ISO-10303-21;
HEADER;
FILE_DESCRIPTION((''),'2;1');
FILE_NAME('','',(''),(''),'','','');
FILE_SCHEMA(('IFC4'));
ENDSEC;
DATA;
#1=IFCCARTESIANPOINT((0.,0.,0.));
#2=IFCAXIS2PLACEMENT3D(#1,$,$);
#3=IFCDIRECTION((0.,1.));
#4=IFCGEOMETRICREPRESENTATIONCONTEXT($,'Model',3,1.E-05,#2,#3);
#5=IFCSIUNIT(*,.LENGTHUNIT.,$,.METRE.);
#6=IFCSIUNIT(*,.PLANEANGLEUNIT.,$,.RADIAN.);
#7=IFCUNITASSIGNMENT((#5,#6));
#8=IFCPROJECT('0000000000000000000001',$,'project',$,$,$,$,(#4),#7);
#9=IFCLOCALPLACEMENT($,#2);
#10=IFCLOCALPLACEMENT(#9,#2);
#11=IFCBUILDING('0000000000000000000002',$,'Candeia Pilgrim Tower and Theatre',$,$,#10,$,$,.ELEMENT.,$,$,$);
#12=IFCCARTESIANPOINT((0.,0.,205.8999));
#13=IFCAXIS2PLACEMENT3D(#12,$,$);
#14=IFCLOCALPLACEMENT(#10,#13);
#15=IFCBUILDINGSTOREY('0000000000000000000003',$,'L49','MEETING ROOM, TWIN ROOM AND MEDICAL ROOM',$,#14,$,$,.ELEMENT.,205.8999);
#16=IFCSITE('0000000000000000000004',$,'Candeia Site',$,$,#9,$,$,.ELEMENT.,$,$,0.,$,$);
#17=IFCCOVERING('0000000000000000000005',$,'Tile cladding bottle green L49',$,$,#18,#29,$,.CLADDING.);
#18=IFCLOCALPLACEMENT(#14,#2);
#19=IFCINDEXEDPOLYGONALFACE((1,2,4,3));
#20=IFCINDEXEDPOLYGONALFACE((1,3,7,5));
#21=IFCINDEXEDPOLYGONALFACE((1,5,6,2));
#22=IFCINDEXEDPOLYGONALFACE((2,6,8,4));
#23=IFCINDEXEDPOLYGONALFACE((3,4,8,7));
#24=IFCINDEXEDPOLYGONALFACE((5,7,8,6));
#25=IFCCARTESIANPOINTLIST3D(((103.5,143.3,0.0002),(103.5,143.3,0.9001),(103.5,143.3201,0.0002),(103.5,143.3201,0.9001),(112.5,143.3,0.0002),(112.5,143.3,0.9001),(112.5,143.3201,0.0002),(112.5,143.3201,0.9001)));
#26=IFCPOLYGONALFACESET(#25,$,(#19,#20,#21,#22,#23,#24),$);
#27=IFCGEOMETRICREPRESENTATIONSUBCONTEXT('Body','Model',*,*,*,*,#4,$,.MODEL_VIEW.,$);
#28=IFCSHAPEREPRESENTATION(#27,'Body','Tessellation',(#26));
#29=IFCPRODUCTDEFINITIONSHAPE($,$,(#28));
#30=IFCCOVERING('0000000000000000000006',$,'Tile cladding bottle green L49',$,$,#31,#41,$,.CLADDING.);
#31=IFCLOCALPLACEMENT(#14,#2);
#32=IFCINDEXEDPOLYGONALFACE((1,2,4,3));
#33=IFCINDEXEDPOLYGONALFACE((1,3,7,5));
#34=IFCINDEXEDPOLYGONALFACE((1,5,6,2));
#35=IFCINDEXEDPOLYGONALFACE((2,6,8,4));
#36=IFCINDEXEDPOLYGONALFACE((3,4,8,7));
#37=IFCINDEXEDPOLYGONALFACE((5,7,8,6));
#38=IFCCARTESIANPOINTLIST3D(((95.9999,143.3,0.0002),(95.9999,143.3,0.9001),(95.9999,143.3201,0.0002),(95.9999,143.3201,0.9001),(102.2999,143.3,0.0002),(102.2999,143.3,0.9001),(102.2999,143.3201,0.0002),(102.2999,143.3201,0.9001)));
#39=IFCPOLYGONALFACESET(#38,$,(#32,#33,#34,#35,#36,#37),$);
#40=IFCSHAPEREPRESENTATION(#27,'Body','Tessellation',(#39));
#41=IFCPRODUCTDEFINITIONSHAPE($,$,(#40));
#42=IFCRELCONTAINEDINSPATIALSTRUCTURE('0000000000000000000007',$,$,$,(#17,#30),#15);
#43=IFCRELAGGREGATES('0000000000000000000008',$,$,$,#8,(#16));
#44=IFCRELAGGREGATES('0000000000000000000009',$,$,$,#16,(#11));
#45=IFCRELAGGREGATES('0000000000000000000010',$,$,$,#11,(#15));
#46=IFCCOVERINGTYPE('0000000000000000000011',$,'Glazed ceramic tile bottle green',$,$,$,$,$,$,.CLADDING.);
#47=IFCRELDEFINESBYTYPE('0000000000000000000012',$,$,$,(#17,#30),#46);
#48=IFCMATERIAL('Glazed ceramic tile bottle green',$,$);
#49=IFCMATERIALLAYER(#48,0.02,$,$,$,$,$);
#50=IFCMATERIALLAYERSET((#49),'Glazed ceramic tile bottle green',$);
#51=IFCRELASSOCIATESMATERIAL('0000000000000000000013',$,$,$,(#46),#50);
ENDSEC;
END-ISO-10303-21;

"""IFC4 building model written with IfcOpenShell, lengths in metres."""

from ifc_helpers import new_model, si_unit, direction, frame, origin, origin_2d, place, context, subcontext, project, spatial, rectangle, extrude, material, layer, layer_set, type_object, element, save


model = new_model("IFC4")

# Units and contexts
model_context = context("Model", 3, precision=1e-05, world=origin(), true_north=direction((0.0, 1.0)))
body_context = subcontext(model_context, "Body", "Model", "MODEL_VIEW")
ifc_project = project(units=[si_unit("LENGTHUNIT", "METRE"), si_unit("PLANEANGLEUNIT", "RADIAN")], contexts=[model_context])

# Site, building, storey
site_placement = place(None, origin())
site = spatial("IfcSite", under=ifc_project, at=site_placement, Name="Candeia Site", CompositionType="ELEMENT", RefElevation=0.0)
building_placement = place(site_placement, origin())
building = spatial("IfcBuilding", under=site, at=building_placement, Name="Candeia Pilgrim Tower and Theatre", CompositionType="ELEMENT")
storey_placement = place(building_placement, frame((0.0, 0.0, 205.8999)))
storey = spatial("IfcBuildingStorey", under=building, at=storey_placement, Name="L49", Description="MEETING ROOM, TWIN ROOM AND MEDICAL ROOM", CompositionType="ELEMENT", Elevation=205.8999)

# Coverings
ifc_material_1 = material(Name="Glazed ceramic tile bottle green")
ifc_layer_1 = layer(ifc_material_1, 0.02)
ifc_layer_set_1 = layer_set([ifc_layer_1], Name="Glazed ceramic tile bottle green")
covering_type = type_object("IfcCoveringType", Name="Glazed ceramic tile bottle green", PredefinedType="CLADDING", material=ifc_layer_set_1)
covering_1_placement = place(storey_placement, frame((108.0, 143.3101, 0.0002), z_axis=(0.0, 0.0, 1.0), x_axis=(-1.0, 0.0, 0.0)))
element("IfcCovering", 1, at=covering_1_placement, inside=storey, type_object=covering_type, Name="Tile cladding bottle green L49", PredefinedType="CLADDING", context=body_context, shape_type="SweptSolid", body=[
    extrude(rectangle(XDim=9.0, YDim=0.02, at=origin_2d()), origin(), (0.0, 0.0, 1.0), 0.8999),
])
covering_2_placement = place(storey_placement, frame((99.1499, 143.3101, 0.0002), z_axis=(0.0, 0.0, 1.0), x_axis=(-1.0, 0.0, 0.0)))
element("IfcCovering", 2, at=covering_2_placement, inside=storey, type_object=covering_type, Name="Tile cladding bottle green L49", PredefinedType="CLADDING", context=body_context, shape_type="SweptSolid", body=[
    extrude(rectangle(XDim=6.3, YDim=0.02, at=origin_2d()), origin(), (0.0, 0.0, 1.0), 0.8999),
])

save(model, "model.ifc")
